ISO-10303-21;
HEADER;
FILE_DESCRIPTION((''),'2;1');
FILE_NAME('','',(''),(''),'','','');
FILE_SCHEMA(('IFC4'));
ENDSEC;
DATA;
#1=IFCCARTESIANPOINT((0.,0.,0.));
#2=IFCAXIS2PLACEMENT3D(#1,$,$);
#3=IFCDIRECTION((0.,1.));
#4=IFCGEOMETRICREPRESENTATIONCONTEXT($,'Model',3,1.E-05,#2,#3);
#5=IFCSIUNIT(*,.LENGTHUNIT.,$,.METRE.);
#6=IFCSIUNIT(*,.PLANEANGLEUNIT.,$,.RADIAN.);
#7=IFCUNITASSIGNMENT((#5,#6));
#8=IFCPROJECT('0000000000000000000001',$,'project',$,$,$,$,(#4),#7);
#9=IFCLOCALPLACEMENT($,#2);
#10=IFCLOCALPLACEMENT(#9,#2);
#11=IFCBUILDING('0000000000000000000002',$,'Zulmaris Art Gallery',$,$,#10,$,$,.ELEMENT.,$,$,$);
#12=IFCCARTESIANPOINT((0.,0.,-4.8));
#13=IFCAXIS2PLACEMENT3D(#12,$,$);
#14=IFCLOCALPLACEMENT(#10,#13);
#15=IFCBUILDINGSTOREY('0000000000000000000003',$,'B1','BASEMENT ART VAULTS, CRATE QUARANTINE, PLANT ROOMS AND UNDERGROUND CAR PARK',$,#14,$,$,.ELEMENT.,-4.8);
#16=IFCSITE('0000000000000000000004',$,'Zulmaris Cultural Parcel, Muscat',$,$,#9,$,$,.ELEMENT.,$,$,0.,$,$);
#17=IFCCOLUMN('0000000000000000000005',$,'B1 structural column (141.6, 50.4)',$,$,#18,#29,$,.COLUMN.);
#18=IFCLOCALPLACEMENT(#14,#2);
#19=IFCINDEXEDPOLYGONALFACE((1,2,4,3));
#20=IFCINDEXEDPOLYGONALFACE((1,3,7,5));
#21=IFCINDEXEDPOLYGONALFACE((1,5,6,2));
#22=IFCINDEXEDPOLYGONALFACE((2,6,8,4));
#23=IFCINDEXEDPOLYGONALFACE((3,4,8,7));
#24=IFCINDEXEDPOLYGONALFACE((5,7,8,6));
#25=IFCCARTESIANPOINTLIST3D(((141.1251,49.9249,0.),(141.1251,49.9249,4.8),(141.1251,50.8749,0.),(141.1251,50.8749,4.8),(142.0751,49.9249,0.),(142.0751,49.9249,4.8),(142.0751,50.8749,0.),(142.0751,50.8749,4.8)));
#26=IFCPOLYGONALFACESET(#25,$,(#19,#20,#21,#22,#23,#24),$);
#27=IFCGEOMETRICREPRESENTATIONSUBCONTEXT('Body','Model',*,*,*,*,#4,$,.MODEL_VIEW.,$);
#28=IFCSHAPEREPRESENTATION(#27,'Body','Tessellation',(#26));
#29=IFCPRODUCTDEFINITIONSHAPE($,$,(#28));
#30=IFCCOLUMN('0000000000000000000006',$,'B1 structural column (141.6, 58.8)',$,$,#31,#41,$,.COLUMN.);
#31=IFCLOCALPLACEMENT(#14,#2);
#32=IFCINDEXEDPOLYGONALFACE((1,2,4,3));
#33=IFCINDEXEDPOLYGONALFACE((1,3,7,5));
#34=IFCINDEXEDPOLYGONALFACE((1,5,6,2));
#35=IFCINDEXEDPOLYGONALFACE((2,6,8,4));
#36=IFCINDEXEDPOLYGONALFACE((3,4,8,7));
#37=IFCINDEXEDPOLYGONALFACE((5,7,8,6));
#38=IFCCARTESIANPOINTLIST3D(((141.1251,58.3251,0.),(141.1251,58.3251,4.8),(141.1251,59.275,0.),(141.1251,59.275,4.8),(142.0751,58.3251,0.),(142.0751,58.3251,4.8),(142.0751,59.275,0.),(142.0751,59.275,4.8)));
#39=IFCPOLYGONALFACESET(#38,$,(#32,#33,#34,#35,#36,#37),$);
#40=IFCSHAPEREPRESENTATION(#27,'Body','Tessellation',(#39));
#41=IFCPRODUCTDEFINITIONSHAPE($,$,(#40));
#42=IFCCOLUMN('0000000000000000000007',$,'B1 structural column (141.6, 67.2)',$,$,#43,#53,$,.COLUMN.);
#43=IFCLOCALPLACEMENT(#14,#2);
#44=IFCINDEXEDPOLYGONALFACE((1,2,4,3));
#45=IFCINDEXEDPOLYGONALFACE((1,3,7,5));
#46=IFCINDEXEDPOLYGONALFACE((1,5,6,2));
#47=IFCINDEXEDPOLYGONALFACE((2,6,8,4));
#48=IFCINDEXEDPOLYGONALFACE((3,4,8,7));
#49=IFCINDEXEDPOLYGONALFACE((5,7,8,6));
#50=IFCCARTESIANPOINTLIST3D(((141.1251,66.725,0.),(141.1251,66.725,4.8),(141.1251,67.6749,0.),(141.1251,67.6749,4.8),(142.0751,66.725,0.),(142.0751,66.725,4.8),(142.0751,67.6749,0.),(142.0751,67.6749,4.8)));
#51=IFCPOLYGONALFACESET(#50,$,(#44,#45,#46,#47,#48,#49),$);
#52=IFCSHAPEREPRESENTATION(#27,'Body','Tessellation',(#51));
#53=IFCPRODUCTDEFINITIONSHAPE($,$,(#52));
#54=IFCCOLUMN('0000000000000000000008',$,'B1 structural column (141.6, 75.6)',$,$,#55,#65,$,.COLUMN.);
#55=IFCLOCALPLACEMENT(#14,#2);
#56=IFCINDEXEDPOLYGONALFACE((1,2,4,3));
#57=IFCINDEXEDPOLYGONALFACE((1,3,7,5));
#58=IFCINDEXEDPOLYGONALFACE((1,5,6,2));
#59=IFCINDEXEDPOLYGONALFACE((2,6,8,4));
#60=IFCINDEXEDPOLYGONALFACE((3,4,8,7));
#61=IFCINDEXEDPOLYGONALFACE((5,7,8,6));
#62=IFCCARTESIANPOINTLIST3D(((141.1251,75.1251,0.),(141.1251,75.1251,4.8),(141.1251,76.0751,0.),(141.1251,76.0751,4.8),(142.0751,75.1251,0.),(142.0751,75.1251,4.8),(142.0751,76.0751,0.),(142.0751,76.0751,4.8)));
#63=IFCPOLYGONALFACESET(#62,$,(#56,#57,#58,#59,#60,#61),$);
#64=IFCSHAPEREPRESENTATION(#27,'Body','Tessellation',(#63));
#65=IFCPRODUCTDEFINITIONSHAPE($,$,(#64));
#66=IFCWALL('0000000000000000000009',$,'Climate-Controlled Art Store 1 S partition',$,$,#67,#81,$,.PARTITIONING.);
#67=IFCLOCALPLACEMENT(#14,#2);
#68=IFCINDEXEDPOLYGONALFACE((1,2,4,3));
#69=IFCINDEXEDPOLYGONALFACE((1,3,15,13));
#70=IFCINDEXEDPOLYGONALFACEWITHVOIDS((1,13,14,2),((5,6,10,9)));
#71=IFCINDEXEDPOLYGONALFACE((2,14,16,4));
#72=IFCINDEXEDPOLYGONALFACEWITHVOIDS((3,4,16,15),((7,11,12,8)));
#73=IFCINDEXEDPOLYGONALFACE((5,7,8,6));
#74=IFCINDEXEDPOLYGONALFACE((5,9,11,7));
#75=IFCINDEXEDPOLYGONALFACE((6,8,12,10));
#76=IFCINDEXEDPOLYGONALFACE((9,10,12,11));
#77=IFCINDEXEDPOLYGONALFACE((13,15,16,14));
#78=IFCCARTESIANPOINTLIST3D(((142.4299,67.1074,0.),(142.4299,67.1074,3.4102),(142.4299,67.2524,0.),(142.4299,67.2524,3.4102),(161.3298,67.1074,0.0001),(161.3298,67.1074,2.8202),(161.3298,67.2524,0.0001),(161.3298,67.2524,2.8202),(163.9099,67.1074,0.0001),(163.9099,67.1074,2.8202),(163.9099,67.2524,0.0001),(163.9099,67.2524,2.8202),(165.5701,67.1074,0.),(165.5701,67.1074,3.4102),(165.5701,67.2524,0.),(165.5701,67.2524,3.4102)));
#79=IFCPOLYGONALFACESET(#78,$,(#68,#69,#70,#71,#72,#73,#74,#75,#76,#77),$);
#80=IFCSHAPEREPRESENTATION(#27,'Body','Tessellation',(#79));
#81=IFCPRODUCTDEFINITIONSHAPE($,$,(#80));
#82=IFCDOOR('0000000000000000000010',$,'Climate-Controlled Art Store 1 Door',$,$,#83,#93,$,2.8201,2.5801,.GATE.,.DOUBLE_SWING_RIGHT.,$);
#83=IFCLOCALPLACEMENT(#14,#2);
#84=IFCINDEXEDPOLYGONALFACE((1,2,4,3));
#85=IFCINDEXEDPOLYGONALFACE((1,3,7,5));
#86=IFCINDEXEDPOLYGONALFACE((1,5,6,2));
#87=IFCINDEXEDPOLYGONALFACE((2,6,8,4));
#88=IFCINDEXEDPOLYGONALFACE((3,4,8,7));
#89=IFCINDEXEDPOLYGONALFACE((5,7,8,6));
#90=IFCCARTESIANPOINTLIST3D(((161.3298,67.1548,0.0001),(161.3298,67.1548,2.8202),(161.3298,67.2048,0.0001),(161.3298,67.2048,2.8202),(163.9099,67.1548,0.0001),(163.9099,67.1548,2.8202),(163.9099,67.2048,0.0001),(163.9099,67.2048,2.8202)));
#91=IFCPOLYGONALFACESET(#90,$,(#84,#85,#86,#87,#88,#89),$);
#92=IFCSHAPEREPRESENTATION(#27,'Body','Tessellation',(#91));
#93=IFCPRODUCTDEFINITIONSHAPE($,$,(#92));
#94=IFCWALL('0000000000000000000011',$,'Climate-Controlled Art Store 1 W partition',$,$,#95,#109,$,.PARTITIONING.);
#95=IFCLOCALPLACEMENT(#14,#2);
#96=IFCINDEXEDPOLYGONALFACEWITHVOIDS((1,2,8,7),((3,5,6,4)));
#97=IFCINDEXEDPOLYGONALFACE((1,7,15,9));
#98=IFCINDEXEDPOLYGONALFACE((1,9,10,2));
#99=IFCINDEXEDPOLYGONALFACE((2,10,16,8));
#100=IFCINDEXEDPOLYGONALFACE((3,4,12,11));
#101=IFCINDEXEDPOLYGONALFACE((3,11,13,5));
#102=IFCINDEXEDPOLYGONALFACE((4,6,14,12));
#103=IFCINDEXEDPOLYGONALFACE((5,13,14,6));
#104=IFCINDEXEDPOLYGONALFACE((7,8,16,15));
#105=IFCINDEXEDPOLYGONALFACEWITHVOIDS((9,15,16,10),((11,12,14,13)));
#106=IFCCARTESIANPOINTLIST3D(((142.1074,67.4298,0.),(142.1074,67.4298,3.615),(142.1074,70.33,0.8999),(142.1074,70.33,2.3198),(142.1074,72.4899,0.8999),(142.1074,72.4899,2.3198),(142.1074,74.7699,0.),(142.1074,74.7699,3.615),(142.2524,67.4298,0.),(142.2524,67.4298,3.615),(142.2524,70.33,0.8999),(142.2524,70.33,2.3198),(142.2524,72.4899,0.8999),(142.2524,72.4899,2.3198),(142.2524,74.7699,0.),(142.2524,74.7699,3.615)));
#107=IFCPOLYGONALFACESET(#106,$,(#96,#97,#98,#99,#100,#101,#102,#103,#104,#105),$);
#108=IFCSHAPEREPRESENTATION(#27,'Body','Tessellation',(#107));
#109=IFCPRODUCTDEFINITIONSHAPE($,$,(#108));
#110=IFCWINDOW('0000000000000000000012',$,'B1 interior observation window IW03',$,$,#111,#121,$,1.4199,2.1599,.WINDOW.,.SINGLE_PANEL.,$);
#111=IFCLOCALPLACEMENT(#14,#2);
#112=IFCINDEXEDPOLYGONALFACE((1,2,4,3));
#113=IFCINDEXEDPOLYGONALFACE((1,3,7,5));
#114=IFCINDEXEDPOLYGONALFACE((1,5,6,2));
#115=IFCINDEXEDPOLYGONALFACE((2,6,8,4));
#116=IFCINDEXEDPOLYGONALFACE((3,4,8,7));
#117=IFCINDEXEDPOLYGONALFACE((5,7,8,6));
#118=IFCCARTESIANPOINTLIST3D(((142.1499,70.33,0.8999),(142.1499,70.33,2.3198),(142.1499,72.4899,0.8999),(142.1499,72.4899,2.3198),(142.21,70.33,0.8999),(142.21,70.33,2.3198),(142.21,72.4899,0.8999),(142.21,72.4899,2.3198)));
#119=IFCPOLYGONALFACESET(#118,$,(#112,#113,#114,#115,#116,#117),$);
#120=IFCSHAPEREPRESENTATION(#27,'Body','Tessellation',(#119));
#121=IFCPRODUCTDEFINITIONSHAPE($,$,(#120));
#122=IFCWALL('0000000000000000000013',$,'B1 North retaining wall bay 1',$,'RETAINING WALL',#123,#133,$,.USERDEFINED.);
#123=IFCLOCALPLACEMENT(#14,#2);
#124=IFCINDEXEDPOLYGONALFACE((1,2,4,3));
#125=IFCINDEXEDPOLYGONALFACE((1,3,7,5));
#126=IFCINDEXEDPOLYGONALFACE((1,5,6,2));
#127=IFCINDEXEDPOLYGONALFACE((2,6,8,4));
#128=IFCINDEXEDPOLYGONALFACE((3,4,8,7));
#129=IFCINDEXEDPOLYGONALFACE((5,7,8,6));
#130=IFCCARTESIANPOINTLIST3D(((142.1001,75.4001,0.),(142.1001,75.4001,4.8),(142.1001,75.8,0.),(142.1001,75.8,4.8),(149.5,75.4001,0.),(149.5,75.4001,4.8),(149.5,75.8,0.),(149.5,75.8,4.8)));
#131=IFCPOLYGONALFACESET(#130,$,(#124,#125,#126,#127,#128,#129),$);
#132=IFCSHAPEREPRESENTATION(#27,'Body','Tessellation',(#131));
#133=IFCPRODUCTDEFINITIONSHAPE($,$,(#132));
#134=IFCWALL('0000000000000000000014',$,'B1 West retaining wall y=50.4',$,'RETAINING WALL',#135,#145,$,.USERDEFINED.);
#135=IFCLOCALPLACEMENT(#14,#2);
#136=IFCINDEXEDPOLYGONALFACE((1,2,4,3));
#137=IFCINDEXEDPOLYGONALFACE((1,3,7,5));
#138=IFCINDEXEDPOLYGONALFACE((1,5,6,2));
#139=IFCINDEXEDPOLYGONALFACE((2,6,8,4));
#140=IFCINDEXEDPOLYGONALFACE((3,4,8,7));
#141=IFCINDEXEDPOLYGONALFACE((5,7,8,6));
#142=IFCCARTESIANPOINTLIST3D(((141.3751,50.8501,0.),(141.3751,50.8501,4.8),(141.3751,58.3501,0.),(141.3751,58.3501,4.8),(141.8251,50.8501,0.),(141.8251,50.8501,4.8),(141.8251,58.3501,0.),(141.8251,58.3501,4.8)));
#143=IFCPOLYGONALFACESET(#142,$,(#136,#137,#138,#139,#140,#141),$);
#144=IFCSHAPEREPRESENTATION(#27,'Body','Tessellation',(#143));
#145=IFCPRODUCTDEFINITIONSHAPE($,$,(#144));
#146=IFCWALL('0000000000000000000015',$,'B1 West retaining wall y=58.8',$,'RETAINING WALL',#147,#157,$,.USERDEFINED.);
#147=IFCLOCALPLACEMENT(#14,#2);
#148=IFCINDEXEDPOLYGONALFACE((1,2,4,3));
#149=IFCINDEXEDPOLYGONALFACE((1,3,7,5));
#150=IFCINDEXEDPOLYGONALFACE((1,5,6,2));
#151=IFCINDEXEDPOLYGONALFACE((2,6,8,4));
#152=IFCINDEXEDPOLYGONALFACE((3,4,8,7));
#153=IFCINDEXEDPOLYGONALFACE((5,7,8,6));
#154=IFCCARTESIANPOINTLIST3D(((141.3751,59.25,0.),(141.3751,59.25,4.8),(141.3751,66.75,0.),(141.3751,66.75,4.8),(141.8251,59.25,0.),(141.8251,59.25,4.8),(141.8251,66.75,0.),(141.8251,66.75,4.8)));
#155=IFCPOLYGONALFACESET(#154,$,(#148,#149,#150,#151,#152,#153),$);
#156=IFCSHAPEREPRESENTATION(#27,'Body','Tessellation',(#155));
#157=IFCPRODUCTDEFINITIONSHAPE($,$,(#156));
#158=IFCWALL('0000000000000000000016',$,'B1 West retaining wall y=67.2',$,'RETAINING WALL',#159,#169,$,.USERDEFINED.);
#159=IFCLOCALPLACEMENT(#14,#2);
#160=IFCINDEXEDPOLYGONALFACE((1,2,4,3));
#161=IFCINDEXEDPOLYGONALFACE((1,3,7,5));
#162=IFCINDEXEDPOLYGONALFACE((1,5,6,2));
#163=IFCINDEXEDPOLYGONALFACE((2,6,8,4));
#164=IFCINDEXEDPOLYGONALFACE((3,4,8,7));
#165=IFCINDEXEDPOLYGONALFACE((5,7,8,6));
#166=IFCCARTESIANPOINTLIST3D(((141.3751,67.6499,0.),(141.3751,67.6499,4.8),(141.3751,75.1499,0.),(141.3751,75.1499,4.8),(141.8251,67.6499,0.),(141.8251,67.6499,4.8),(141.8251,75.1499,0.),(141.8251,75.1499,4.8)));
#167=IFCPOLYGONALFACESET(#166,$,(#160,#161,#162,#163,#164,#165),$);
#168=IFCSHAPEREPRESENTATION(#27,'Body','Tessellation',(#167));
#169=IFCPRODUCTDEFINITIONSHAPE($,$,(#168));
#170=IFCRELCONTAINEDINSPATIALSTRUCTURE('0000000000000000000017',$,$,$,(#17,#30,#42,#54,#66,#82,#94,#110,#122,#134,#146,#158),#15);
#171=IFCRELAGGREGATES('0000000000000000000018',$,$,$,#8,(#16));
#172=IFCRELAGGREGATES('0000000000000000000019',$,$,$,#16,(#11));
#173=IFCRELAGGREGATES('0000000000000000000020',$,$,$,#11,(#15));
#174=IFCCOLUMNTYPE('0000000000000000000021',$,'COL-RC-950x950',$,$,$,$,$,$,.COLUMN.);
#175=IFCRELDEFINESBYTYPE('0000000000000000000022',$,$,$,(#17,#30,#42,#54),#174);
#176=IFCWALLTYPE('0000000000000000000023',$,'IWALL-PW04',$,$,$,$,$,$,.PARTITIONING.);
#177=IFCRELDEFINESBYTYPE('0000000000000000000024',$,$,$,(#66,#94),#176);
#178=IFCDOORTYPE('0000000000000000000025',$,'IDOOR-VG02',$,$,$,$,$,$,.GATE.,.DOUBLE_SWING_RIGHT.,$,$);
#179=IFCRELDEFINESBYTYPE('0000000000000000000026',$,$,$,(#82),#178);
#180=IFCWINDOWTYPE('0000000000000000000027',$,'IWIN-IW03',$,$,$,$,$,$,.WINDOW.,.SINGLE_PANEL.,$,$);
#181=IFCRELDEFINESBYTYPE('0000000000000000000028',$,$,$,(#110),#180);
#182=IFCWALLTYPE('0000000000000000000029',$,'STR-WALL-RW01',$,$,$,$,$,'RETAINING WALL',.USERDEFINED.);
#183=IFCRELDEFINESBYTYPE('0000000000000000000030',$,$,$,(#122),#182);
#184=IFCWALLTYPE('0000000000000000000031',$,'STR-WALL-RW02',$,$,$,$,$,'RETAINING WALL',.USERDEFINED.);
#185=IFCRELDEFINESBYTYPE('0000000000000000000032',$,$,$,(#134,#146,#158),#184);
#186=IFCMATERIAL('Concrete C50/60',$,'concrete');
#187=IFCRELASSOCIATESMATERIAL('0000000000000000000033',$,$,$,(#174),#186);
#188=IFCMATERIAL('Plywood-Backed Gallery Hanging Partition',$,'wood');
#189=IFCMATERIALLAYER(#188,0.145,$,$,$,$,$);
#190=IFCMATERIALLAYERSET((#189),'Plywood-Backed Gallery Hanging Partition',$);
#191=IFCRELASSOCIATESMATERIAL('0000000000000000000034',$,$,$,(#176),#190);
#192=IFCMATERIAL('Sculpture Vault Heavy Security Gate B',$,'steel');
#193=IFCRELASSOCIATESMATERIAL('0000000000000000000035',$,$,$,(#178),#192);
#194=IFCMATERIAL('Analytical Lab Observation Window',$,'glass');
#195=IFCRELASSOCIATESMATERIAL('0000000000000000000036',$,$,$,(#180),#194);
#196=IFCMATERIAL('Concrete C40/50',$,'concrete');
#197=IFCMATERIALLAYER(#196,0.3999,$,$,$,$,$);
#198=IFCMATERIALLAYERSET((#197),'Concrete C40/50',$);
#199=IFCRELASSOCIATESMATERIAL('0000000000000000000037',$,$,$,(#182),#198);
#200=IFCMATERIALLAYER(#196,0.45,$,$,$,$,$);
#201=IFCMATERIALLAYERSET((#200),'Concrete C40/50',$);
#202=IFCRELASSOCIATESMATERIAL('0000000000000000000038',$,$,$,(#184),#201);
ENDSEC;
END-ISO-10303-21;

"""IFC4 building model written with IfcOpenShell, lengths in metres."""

from ifc_helpers import new_model, si_unit, direction, frame, frame_2d, origin, origin_2d, place, context, subcontext, project, spatial, rectangle, extrude, material, layer, layer_set, material_profile, profile_set, type_object, element, fill, save


model = new_model("IFC4")

# Units and contexts
model_context = context("Model", 3, precision=1e-05, world=origin(), true_north=direction((0.0, 1.0)))
body_context = subcontext(model_context, "Body", "Model", "MODEL_VIEW")
ifc_project = project(units=[si_unit("LENGTHUNIT", "METRE"), si_unit("PLANEANGLEUNIT", "RADIAN")], contexts=[model_context])

# Site, building, storey
site_placement = place(None, origin())
site = spatial("IfcSite", under=ifc_project, at=site_placement, Name="Zulmaris Cultural Parcel, Muscat", CompositionType="ELEMENT", RefElevation=0.0)
building_placement = place(site_placement, origin())
building = spatial("IfcBuilding", under=site, at=building_placement, Name="Zulmaris Art Gallery", CompositionType="ELEMENT")
storey_placement = place(building_placement, frame((0.0, 0.0, -4.8)))
storey = spatial("IfcBuildingStorey", under=building, at=storey_placement, Name="B1", Description="BASEMENT ART VAULTS, CRATE QUARANTINE, PLANT ROOMS AND UNDERGROUND CAR PARK", CompositionType="ELEMENT", Elevation=-4.8)

# Shared definitions
ifc_material_1 = material(Name="Concrete C40/50", Category="concrete")

# Columns
ifc_material_2 = material(Name="Concrete C50/60", Category="concrete")
ifc_material_profile_1 = material_profile(ifc_material_2, rectangle(XDim=0.95, YDim=0.95, at=origin_2d()), Name="RC 950x950")
ifc_profile_set_1 = profile_set([ifc_material_profile_1], Name="Concrete C50/60")
column_type = type_object("IfcColumnType", Name="COL-RC-950x950", PredefinedType="COLUMN", material=ifc_profile_set_1)
for number, where, z_axis, x_axis, name in (
    (1, (141.6001, 50.3999, 0.0), (0.0, 0.0, 1.0), (1.0, 0.0, 0.0), "B1 structural column (141.6, 50.4)"),
    (2, (141.6001, 58.8, 0.0), (0.0, 0.0, 1.0), (1.0, 0.0, 0.0), "B1 structural column (141.6, 58.8)"),
    (3, (141.6001, 67.2, 0.0), (0.0, 0.0, 1.0), (1.0, 0.0, 0.0), "B1 structural column (141.6, 67.2)"),
    (4, (141.6001, 75.6001, 0.0), (0.0, 0.0, 1.0), (1.0, 0.0, 0.0), "B1 structural column (141.6, 75.6)"),
):
    element("IfcColumn", number, at=place(storey_placement, frame(where, z_axis=z_axis, x_axis=x_axis)), inside=storey, type_object=column_type, Name=name, PredefinedType="COLUMN", context=body_context, shape_type="SweptSolid", body=[
        extrude(rectangle(XDim=0.95, YDim=0.95, at=origin_2d()), origin(), (0.0, 0.0, 1.0), 4.8),
    ])

# Wall, opening, door
ifc_material_3 = material(Name="Plywood-Backed Gallery Hanging Partition", Category="wood")
ifc_layer_1 = layer(ifc_material_3, 0.145)
ifc_layer_set_1 = layer_set([ifc_layer_1], Name="Plywood-Backed Gallery Hanging Partition")
wall_type_1 = type_object("IfcWallType", Name="IWALL-PW04", PredefinedType="PARTITIONING", material=ifc_layer_set_1)
wall_1_placement = place(storey_placement, frame((142.4299, 67.1799, 0.0), z_axis=(0.0, 0.0, 1.0), x_axis=(1.0, 0.0, 0.0)))
wall_1 = element("IfcWall", 5, at=wall_1_placement, inside=storey, type_object=wall_type_1, Name="Climate-Controlled Art Store 1 S partition", PredefinedType="PARTITIONING", context=body_context, shape_type="SweptSolid", body=[
    extrude(rectangle(XDim=23.1401, YDim=0.145, at=frame_2d((11.5701, 0.0))), origin(), (0.0, 0.0, 1.0), 3.4102),
])
opening_1_placement = place(wall_1_placement, frame((18.8999, 0.0, 0.0)))
opening_1 = element("IfcOpeningElement", 6, at=opening_1_placement, cuts=wall_1, PredefinedType="OPENING", context=body_context, shape_type="SweptSolid", body=[
    extrude(rectangle(XDim=2.5801, YDim=2.8201, at=frame_2d((1.29, 1.4102))), frame((0.0, 0.0825, 0.0), z_axis=(0.0, -1.0, 0.0), x_axis=(1.0, 0.0, 0.0)), (0.0, 0.0, 1.0), 0.165),
])
ifc_material_4 = material(Name="Sculpture Vault Heavy Security Gate B", Category="steel")
door_type = type_object("IfcDoorType", Name="IDOOR-VG02", OperationType="DOUBLE_SWING_RIGHT", PredefinedType="GATE", material=ifc_material_4)
door_placement = place(opening_1_placement, origin())
door = element("IfcDoor", 7, at=door_placement, inside=storey, type_object=door_type, Name="Climate-Controlled Art Store 1 Door", OperationType="DOUBLE_SWING_RIGHT", OverallHeight=2.8201, OverallWidth=2.5801, PredefinedType="GATE", context=body_context, shape_type="SweptSolid", body=[
    extrude(rectangle(XDim=2.5801, YDim=2.8201, at=frame_2d((1.29, 1.4102))), frame((0.0, 0.0249, 0.0), z_axis=(0.0, -1.0, 0.0), x_axis=(1.0, 0.0, 0.0)), (0.0, 0.0, 1.0), 0.05),
])
fill(opening_1, door)

# Wall, opening, window
wall_2_placement = place(storey_placement, frame((142.1799, 67.4299, 0.0), z_axis=(0.0, 0.0, 1.0), x_axis=(0.0, 1.0, 0.0)))
wall_2 = element("IfcWall", 8, at=wall_2_placement, inside=storey, type_object=wall_type_1, Name="Climate-Controlled Art Store 1 W partition", PredefinedType="PARTITIONING", context=body_context, shape_type="SweptSolid", body=[
    extrude(rectangle(XDim=7.3401, YDim=0.145, at=frame_2d((3.6699, 0.0))), origin(), (0.0, 0.0, 1.0), 3.615),
])
opening_2_placement = place(wall_2_placement, frame((2.8999, 0.0, 0.8999)))
opening_2 = element("IfcOpeningElement", 9, at=opening_2_placement, cuts=wall_2, PredefinedType="OPENING", context=body_context, shape_type="SweptSolid", body=[
    extrude(rectangle(XDim=2.1599, YDim=1.4199, at=frame_2d((1.0801, 0.71))), frame((0.0, 0.0825, 0.0), z_axis=(0.0, -1.0, 0.0), x_axis=(1.0, 0.0, 0.0)), (0.0, 0.0, 1.0), 0.165),
])
ifc_material_5 = material(Name="Analytical Lab Observation Window", Category="glass")
window_type = type_object("IfcWindowType", Name="IWIN-IW03", PartitioningType="SINGLE_PANEL", PredefinedType="WINDOW", material=ifc_material_5)
window_placement = place(opening_2_placement, origin())
window = element("IfcWindow", 10, at=window_placement, inside=storey, type_object=window_type, Name="B1 interior observation window IW03", OverallHeight=1.4199, OverallWidth=2.1599, PartitioningType="SINGLE_PANEL", PredefinedType="WINDOW", context=body_context, shape_type="SweptSolid", body=[
    extrude(rectangle(XDim=2.1599, YDim=1.4199, at=frame_2d((1.0801, 0.71))), frame((0.0, 0.03, 0.0), z_axis=(0.0, -1.0, 0.0), x_axis=(1.0, 0.0, 0.0)), (0.0, 0.0, 1.0), 0.0601),
])
fill(opening_2, window)

# Walls
ifc_layer_2 = layer(ifc_material_1, 0.3999)
ifc_layer_set_2 = layer_set([ifc_layer_2], Name="Concrete C40/50")
wall_type_2 = type_object("IfcWallType", Name="STR-WALL-RW01", ElementType="RETAINING WALL", PredefinedType="USERDEFINED", material=ifc_layer_set_2)
wall_3_placement = place(storey_placement, frame((142.1001, 75.6001, 0.0), z_axis=(0.0, 0.0, 1.0), x_axis=(1.0, 0.0, 0.0)))
element("IfcWall", 11, at=wall_3_placement, inside=storey, type_object=wall_type_2, Name="B1 North retaining wall bay 1", ObjectType="RETAINING WALL", PredefinedType="USERDEFINED", context=body_context, shape_type="SweptSolid", body=[
    extrude(rectangle(XDim=7.3999, YDim=0.3999, at=frame_2d((3.7, 0.0))), origin(), (0.0, 0.0, 1.0), 4.8),
])
ifc_layer_3 = layer(ifc_material_1, 0.45)
ifc_layer_set_3 = layer_set([ifc_layer_3], Name="Concrete C40/50")
wall_type_3 = type_object("IfcWallType", Name="STR-WALL-RW02", ElementType="RETAINING WALL", PredefinedType="USERDEFINED", material=ifc_layer_set_3)
for number, where, z_axis, x_axis, name in (
    (12, (141.6001, 50.8501, 0.0), (0.0, 0.0, 1.0), (0.0, 1.0, 0.0), "B1 West retaining wall y=50.4"),
    (13, (141.6001, 59.25, 0.0), (0.0, 0.0, 1.0), (0.0, 1.0, 0.0), "B1 West retaining wall y=58.8"),
    (14, (141.6001, 67.6499, 0.0), (0.0, 0.0, 1.0), (0.0, 1.0, 0.0), "B1 West retaining wall y=67.2"),
):
    element("IfcWall", number, at=place(storey_placement, frame(where, z_axis=z_axis, x_axis=x_axis)), inside=storey, type_object=wall_type_3, Name=name, ObjectType="RETAINING WALL", PredefinedType="USERDEFINED", context=body_context, shape_type="SweptSolid", body=[
        extrude(rectangle(XDim=7.5, YDim=0.45, at=frame_2d((3.75, 0.0))), origin(), (0.0, 0.0, 1.0), 4.8),
    ])

save(model, "model.ifc")
